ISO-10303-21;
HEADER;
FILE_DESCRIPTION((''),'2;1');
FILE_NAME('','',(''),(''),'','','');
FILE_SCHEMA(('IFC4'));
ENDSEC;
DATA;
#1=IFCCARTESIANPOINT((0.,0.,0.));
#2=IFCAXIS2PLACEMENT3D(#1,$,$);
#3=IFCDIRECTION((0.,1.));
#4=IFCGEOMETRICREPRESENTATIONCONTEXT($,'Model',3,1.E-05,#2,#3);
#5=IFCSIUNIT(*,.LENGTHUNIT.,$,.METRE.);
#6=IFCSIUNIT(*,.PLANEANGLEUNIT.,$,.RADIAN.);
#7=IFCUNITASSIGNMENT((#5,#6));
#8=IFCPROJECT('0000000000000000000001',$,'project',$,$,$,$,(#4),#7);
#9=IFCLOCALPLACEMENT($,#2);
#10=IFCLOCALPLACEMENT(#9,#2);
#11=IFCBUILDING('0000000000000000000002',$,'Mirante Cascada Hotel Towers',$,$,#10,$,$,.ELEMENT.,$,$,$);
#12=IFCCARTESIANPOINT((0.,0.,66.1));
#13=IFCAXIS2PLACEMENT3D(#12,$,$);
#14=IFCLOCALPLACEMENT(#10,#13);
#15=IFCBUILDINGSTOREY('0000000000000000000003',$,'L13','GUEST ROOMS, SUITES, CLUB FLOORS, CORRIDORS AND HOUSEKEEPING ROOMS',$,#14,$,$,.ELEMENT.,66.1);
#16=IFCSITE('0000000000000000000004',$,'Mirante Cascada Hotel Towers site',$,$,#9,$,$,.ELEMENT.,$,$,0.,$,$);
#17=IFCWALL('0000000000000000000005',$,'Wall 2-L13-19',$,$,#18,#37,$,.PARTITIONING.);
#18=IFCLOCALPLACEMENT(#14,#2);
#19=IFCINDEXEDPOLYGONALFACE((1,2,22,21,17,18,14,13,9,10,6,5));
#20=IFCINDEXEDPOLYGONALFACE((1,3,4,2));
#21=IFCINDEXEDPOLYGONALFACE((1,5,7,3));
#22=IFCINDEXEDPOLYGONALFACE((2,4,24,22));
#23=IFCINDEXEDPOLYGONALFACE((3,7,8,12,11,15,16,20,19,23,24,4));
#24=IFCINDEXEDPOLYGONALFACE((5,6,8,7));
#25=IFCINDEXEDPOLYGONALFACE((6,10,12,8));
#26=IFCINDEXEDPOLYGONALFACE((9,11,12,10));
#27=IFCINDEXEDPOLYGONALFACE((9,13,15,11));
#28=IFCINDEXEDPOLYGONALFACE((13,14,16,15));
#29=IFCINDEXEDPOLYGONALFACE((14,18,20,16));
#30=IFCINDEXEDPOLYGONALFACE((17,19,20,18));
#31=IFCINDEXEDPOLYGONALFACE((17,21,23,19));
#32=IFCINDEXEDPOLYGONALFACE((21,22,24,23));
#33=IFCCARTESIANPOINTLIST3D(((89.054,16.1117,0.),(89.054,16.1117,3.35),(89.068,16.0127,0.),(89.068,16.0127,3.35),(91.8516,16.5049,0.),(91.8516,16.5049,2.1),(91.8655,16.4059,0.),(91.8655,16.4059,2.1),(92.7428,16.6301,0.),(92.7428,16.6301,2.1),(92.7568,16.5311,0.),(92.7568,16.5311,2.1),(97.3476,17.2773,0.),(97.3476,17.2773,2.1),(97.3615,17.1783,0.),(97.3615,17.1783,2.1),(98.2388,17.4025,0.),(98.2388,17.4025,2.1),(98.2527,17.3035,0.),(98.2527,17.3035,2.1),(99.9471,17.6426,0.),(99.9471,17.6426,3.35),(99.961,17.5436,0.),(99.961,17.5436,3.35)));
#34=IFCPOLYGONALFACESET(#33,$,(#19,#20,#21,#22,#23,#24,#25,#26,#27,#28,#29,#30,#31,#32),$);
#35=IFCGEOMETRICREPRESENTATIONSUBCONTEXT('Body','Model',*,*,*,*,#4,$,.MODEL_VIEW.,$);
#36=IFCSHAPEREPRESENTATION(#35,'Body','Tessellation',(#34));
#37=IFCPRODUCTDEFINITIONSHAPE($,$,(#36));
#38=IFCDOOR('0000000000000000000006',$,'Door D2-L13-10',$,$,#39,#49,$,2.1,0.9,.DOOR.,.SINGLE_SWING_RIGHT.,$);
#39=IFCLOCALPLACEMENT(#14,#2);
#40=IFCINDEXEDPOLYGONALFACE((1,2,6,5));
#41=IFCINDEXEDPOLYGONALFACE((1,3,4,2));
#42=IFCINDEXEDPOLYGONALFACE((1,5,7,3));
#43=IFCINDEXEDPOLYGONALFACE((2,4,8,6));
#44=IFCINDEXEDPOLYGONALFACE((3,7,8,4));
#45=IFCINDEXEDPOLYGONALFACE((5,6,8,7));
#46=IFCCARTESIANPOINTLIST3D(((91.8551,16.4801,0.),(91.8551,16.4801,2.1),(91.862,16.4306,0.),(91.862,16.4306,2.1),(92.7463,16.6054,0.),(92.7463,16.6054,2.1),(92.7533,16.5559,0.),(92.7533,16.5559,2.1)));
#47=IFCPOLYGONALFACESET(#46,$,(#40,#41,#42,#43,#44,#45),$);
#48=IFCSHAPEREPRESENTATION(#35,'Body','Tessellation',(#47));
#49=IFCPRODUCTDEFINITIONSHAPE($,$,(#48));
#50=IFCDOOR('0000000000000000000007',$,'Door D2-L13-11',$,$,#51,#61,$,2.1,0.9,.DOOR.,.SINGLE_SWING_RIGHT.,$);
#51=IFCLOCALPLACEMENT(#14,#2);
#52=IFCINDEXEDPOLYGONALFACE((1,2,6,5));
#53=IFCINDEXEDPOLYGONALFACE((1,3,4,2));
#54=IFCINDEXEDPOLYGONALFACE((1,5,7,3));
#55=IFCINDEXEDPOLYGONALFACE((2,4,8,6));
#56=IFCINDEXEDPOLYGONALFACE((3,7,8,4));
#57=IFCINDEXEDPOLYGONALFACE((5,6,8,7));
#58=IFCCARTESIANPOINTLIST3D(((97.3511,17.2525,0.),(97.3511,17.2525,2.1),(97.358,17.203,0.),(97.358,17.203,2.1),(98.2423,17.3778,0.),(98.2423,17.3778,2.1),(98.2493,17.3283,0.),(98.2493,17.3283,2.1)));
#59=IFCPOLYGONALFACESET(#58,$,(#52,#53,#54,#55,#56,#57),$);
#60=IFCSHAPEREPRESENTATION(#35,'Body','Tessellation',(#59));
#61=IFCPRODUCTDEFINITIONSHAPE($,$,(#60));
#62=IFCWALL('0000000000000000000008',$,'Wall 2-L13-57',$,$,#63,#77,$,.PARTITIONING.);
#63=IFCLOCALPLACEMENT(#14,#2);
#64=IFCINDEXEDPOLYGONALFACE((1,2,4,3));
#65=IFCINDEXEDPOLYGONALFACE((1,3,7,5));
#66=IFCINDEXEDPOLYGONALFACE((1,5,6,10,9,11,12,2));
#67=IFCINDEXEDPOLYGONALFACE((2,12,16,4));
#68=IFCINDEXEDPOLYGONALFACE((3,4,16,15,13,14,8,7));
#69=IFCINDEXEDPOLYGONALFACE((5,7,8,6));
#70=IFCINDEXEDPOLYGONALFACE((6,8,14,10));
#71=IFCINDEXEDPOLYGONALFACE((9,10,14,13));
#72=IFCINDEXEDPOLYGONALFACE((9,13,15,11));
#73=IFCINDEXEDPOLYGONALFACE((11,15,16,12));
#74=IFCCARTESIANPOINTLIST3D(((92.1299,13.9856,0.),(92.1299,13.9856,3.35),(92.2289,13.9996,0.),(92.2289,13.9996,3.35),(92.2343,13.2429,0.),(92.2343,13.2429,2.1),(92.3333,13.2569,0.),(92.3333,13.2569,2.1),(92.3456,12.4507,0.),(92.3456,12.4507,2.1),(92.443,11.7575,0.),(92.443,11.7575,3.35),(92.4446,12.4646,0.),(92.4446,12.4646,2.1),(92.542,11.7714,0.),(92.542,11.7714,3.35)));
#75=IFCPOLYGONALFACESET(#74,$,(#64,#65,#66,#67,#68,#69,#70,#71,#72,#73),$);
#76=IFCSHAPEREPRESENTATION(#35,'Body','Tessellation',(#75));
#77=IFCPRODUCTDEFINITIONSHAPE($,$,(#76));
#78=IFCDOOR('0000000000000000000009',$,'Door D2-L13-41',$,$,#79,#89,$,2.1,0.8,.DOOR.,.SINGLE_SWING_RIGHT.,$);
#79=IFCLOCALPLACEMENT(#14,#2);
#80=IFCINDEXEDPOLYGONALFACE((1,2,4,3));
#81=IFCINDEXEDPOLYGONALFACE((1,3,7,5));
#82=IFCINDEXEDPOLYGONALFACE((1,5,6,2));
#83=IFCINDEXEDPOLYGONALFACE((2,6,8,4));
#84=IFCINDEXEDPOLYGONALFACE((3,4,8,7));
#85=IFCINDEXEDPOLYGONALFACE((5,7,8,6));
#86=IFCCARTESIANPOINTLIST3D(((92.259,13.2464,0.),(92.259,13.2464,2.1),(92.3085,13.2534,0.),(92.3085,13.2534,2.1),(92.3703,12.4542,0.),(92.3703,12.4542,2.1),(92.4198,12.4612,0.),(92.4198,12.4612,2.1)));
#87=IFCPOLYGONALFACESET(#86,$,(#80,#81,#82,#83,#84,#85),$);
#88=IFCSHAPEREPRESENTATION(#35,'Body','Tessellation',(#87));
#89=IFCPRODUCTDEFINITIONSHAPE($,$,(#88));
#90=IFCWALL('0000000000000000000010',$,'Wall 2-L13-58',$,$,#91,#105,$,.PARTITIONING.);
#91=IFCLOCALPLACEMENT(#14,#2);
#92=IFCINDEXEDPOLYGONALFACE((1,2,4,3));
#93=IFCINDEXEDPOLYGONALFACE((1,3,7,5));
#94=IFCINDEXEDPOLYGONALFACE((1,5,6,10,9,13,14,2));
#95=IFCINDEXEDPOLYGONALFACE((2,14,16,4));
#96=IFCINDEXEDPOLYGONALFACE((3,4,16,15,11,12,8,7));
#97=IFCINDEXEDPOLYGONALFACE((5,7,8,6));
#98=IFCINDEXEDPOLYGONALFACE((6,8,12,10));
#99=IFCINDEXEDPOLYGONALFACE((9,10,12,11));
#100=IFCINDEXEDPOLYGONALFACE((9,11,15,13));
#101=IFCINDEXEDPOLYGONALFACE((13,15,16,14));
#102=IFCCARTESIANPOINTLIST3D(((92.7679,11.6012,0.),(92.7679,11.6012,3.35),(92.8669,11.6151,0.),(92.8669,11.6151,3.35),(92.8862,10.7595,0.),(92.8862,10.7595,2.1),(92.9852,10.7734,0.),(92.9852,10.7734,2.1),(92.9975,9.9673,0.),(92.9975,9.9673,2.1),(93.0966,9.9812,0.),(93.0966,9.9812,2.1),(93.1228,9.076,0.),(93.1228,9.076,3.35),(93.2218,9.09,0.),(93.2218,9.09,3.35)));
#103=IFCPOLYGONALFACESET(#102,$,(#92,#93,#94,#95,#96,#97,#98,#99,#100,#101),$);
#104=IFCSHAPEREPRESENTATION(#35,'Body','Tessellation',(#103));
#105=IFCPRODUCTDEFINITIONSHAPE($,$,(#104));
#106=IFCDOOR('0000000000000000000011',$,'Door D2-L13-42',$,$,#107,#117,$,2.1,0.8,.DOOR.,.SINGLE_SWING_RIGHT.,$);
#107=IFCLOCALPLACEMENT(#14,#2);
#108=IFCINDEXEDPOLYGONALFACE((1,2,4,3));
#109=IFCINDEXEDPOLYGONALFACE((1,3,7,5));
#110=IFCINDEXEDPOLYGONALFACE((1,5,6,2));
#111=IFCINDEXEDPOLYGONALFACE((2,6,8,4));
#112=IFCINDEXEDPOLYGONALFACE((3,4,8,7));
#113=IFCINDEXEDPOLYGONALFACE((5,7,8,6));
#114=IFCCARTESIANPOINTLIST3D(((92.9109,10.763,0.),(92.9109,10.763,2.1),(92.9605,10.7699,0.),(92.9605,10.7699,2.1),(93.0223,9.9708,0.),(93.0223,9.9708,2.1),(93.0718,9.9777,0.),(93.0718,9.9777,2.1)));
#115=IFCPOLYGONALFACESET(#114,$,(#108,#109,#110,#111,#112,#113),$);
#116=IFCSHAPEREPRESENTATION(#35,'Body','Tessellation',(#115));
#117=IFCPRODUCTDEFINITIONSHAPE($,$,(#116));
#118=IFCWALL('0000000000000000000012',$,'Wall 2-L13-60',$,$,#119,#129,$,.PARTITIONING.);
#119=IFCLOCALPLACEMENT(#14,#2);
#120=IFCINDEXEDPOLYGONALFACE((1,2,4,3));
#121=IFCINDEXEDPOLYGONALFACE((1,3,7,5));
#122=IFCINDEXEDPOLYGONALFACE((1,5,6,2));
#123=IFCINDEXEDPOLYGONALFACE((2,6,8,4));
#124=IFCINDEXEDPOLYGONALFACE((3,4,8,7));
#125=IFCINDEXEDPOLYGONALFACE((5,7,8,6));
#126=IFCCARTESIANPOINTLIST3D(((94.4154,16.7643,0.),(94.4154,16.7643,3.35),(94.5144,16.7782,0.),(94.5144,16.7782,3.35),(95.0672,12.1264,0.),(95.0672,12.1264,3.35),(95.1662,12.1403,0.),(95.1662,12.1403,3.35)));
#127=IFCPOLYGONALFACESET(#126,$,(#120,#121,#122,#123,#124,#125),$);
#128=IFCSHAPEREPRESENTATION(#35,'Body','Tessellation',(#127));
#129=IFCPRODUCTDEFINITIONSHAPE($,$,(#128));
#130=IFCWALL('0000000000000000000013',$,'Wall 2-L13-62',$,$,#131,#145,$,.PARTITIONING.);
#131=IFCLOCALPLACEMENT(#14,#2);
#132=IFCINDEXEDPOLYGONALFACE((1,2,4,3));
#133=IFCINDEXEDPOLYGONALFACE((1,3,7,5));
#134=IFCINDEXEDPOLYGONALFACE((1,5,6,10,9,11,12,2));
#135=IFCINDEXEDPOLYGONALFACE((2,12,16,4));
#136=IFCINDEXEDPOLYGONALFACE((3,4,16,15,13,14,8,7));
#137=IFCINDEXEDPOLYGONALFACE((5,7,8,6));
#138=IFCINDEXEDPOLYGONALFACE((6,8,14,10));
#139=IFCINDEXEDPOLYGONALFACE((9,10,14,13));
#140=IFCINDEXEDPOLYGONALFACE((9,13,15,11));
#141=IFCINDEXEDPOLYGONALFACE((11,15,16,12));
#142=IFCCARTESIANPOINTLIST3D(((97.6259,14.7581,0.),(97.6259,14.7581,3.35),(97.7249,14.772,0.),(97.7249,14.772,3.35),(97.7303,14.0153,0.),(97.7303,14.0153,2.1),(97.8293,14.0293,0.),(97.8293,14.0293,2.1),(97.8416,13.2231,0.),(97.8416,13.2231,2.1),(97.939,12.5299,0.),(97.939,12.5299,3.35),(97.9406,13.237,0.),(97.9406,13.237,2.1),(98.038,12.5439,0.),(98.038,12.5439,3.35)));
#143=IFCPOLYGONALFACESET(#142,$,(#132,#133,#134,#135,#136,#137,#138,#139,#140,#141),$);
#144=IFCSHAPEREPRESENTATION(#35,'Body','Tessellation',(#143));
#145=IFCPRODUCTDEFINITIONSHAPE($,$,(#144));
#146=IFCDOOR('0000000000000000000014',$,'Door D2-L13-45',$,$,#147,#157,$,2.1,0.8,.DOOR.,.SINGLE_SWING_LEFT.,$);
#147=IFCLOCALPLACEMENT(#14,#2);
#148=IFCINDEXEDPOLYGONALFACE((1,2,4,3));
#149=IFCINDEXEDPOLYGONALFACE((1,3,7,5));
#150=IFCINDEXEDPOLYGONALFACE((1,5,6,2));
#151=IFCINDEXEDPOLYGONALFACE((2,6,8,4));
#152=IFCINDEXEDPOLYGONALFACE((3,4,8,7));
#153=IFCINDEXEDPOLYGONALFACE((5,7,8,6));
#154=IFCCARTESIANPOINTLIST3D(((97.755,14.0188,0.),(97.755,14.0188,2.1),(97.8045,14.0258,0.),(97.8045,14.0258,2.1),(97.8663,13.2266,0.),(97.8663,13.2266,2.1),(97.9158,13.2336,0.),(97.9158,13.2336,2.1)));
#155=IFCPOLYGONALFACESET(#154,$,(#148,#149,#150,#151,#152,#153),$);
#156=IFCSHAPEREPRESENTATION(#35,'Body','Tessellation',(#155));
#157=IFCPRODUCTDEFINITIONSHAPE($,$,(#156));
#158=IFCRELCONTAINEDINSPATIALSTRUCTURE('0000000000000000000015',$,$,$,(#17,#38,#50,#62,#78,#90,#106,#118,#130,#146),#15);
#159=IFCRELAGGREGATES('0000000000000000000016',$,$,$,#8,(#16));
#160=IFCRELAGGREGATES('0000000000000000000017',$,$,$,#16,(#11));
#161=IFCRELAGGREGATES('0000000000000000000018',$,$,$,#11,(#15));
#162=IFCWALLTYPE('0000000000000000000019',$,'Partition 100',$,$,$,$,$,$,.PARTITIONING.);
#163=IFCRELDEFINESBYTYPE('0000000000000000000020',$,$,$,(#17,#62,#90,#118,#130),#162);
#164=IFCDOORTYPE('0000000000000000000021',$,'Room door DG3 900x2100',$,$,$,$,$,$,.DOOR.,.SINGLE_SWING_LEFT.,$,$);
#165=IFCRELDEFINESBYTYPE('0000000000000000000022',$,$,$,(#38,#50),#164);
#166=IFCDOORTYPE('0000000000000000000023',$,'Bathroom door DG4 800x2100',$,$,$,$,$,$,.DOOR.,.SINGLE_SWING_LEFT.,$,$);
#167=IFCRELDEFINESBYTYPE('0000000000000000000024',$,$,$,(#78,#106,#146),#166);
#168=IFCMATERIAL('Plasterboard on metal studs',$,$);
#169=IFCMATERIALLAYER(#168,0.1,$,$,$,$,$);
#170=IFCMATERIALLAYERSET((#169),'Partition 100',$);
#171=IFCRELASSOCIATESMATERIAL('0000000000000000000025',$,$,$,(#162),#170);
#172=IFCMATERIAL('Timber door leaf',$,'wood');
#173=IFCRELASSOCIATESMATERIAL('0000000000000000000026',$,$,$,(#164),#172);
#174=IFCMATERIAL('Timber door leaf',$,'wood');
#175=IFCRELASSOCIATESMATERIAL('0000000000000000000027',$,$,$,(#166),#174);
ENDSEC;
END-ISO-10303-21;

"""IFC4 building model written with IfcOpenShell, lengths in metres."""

from ifc_helpers import new_model, si_unit, direction, frame, frame_2d, origin, place, context, subcontext, project, spatial, rectangle, extrude, material, layer, layer_set, type_object, element, fill, save


model = new_model("IFC4")

# Units and contexts
model_context = context("Model", 3, precision=1e-05, world=origin(), true_north=direction((0.0, 1.0)))
body_context = subcontext(model_context, "Body", "Model", "MODEL_VIEW")
ifc_project = project(units=[si_unit("LENGTHUNIT", "METRE"), si_unit("PLANEANGLEUNIT", "RADIAN")], contexts=[model_context])

# Site, building, storey
site_placement = place(None, origin())
site = spatial("IfcSite", under=ifc_project, at=site_placement, Name="Mirante Cascada Hotel Towers site", CompositionType="ELEMENT", RefElevation=0.0)
building_placement = place(site_placement, origin())
building = spatial("IfcBuilding", under=site, at=building_placement, Name="Mirante Cascada Hotel Towers", CompositionType="ELEMENT")
storey_placement = place(building_placement, frame((0.0, 0.0, 66.1)))
storey = spatial("IfcBuildingStorey", under=building, at=storey_placement, Name="L13", Description="GUEST ROOMS, SUITES, CLUB FLOORS, CORRIDORS AND HOUSEKEEPING ROOMS", CompositionType="ELEMENT", Elevation=66.1)

# Shared definitions
ifc_material_1 = material(Name="Plasterboard on metal studs")
ifc_layer_1 = layer(ifc_material_1, 0.1)
ifc_layer_set_1 = layer_set([ifc_layer_1], Name="Partition 100")
wall_type_1 = type_object("IfcWallType", Name="Partition 100", PredefinedType="PARTITIONING", material=ifc_layer_set_1)

# Wall, openings, doors
wall_1_placement = place(storey_placement, frame((99.954, 17.5931, 0.0), z_axis=(0.0, 0.0, 1.0), x_axis=(-0.990268, -0.139172, 0.0)))
wall_1 = element("IfcWall", 1, at=wall_1_placement, inside=storey, type_object=wall_type_1, Name="Wall 2-L13-19", PredefinedType="PARTITIONING", context=body_context, shape_type="SweptSolid", body=[
    extrude(rectangle(XDim=11.0001, YDim=0.1, at=frame_2d((5.5, 0.0))), origin(), (0.0, 0.0, 1.0), 3.35),
])
opening_1_placement = place(wall_1_placement, frame((7.275, 0.0, 0.0)))
opening_1 = element("IfcOpeningElement", 2, at=opening_1_placement, cuts=wall_1, PredefinedType="OPENING", context=body_context, shape_type="SweptSolid", body=[
    extrude(rectangle(XDim=0.9, YDim=2.1, at=frame_2d((0.45, 1.05))), frame((0.0, 0.05, 0.0), z_axis=(0.0, -1.0, 0.0), x_axis=(1.0, 0.0, 0.0)), (0.0, 0.0, 1.0), 0.1),
])
opening_2_placement = place(wall_1_placement, frame((1.725, 0.0, 0.0)))
opening_2 = element("IfcOpeningElement", 3, at=opening_2_placement, cuts=wall_1, PredefinedType="OPENING", context=body_context, shape_type="SweptSolid", body=[
    extrude(rectangle(XDim=0.9, YDim=2.1, at=frame_2d((0.45, 1.05))), frame((0.0, 0.05, 0.0), z_axis=(0.0, -1.0, 0.0), x_axis=(1.0, 0.0, 0.0)), (0.0, 0.0, 1.0), 0.1),
])
ifc_material_2 = material(Name="Timber door leaf", Category="wood")
door_type_1 = type_object("IfcDoorType", Name="Room door DG3 900x2100", OperationType="SINGLE_SWING_LEFT", PredefinedType="DOOR", material=ifc_material_2)
door_1_placement = place(opening_1_placement, frame((0.9, 0.0, 0.0), z_axis=(0.0, 0.0, 1.0), x_axis=(-1.0, 0.0, 0.0)))
door_1 = element("IfcDoor", 4, at=door_1_placement, inside=storey, type_object=door_type_1, Name="Door D2-L13-10", OperationType="SINGLE_SWING_RIGHT", OverallHeight=2.1, OverallWidth=0.9, PredefinedType="DOOR", context=body_context, shape_type="SweptSolid", body=[
    extrude(rectangle(XDim=0.9, YDim=2.1, at=frame_2d((0.45, 1.05))), frame((0.0, 0.025, 0.0), z_axis=(0.0, -1.0, 0.0), x_axis=(1.0, 0.0, 0.0)), (0.0, 0.0, 1.0), 0.05),
])
fill(opening_1, door_1)
door_2_placement = place(opening_2_placement, frame((0.9, 0.0, 0.0), z_axis=(0.0, 0.0, 1.0), x_axis=(-1.0, 0.0, 0.0)))
door_2 = element("IfcDoor", 5, at=door_2_placement, inside=storey, type_object=door_type_1, Name="Door D2-L13-11", OperationType="SINGLE_SWING_RIGHT", OverallHeight=2.1, OverallWidth=0.9, PredefinedType="DOOR", context=body_context, shape_type="SweptSolid", body=[
    extrude(rectangle(XDim=0.9, YDim=2.1, at=frame_2d((0.45, 1.05))), frame((0.0, 0.025, 0.0), z_axis=(0.0, -1.0, 0.0), x_axis=(1.0, 0.0, 0.0)), (0.0, 0.0, 1.0), 0.05),
])
fill(opening_2, door_2)

# Walls, openings, doors
wall_2_placement = place(storey_placement, frame((92.1794, 13.9926, 0.0), z_axis=(0.0, 0.0, 1.0), x_axis=(0.139156, -0.990271, 0.0)))
wall_2 = element("IfcWall", 6, at=wall_2_placement, inside=storey, type_object=wall_type_1, Name="Wall 2-L13-57", PredefinedType="PARTITIONING", context=body_context, shape_type="SweptSolid", body=[
    extrude(rectangle(XDim=2.25, YDim=0.1, at=frame_2d((1.125, 0.0))), origin(), (0.0, 0.0, 1.0), 3.35),
])
opening_3_placement = place(wall_2_placement, frame((0.75, 0.0, 0.0)))
opening_3 = element("IfcOpeningElement", 7, at=opening_3_placement, cuts=wall_2, PredefinedType="OPENING", context=body_context, shape_type="SweptSolid", body=[
    extrude(rectangle(XDim=0.8, YDim=2.1, at=frame_2d((0.4, 1.05))), frame((0.0, 0.05, 0.0), z_axis=(0.0, -1.0, 0.0), x_axis=(1.0, 0.0, 0.0)), (0.0, 0.0, 1.0), 0.1),
])
ifc_material_3 = material(Name="Timber door leaf", Category="wood")
door_type_2 = type_object("IfcDoorType", Name="Bathroom door DG4 800x2100", OperationType="SINGLE_SWING_LEFT", PredefinedType="DOOR", material=ifc_material_3)
door_3_placement = place(opening_3_placement, frame((0.8, 0.0, 0.0), z_axis=(0.0, 0.0, 1.0), x_axis=(-1.0, 0.0, 0.0)))
door_3 = element("IfcDoor", 8, at=door_3_placement, inside=storey, type_object=door_type_2, Name="Door D2-L13-41", OperationType="SINGLE_SWING_RIGHT", OverallHeight=2.1, OverallWidth=0.8, PredefinedType="DOOR", context=body_context, shape_type="SweptSolid", body=[
    extrude(rectangle(XDim=0.8, YDim=2.1, at=frame_2d((0.4, 1.05))), frame((0.0, 0.025, 0.0), z_axis=(0.0, -1.0, 0.0), x_axis=(1.0, 0.0, 0.0)), (0.0, 0.0, 1.0), 0.05),
])
fill(opening_3, door_3)
wall_3_placement = place(storey_placement, frame((93.1723, 9.083, 0.0), z_axis=(0.0, 0.0, 1.0), x_axis=(-0.139176, 0.990268, 0.0)))
wall_3 = element("IfcWall", 9, at=wall_3_placement, inside=storey, type_object=wall_type_1, Name="Wall 2-L13-58", PredefinedType="PARTITIONING", context=body_context, shape_type="SweptSolid", body=[
    extrude(rectangle(XDim=2.55, YDim=0.1, at=frame_2d((1.275, 0.0))), origin(), (0.0, 0.0, 1.0), 3.35),
])
opening_4_placement = place(wall_3_placement, frame((0.9, 0.0, 0.0)))
opening_4 = element("IfcOpeningElement", 10, at=opening_4_placement, cuts=wall_3, PredefinedType="OPENING", context=body_context, shape_type="SweptSolid", body=[
    extrude(rectangle(XDim=0.8, YDim=2.1, at=frame_2d((0.4, 1.05))), frame((0.0, 0.05, 0.0), z_axis=(0.0, -1.0, 0.0), x_axis=(1.0, 0.0, 0.0)), (0.0, 0.0, 1.0), 0.1),
])
door_4_placement = place(opening_4_placement, frame((0.8, 0.0, 0.0), z_axis=(0.0, 0.0, 1.0), x_axis=(-1.0, 0.0, 0.0)))
door_4 = element("IfcDoor", 11, at=door_4_placement, inside=storey, type_object=door_type_2, Name="Door D2-L13-42", OperationType="SINGLE_SWING_RIGHT", OverallHeight=2.1, OverallWidth=0.8, PredefinedType="DOOR", context=body_context, shape_type="SweptSolid", body=[
    extrude(rectangle(XDim=0.8, YDim=2.1, at=frame_2d((0.4, 1.05))), frame((0.0, 0.025, 0.0), z_axis=(0.0, -1.0, 0.0), x_axis=(1.0, 0.0, 0.0)), (0.0, 0.0, 1.0), 0.05),
])
fill(opening_4, door_4)

# Wall
wall_4_placement = place(storey_placement, frame((95.1167, 12.1333, 0.0), z_axis=(0.0, 0.0, 1.0), x_axis=(-0.13917, 0.990268, 0.0)))
element("IfcWall", 12, at=wall_4_placement, inside=storey, type_object=wall_type_1, Name="Wall 2-L13-60", PredefinedType="PARTITIONING", context=body_context, shape_type="SweptSolid", body=[
    extrude(rectangle(XDim=4.6835, YDim=0.1, at=frame_2d((2.3418, 0.0))), origin(), (0.0, 0.0, 1.0), 3.35),
])

# Wall, opening, door
wall_5_placement = place(storey_placement, frame((97.9885, 12.5369, 0.0), z_axis=(0.0, 0.0, 1.0), x_axis=(-0.139156, 0.990271, 0.0)))
wall_5 = element("IfcWall", 13, at=wall_5_placement, inside=storey, type_object=wall_type_1, Name="Wall 2-L13-62", PredefinedType="PARTITIONING", context=body_context, shape_type="SweptSolid", body=[
    extrude(rectangle(XDim=2.25, YDim=0.1, at=frame_2d((1.125, 0.0))), origin(), (0.0, 0.0, 1.0), 3.35),
])
opening_5_placement = place(wall_5_placement, frame((0.7, 0.0, 0.0)))
opening_5 = element("IfcOpeningElement", 14, at=opening_5_placement, cuts=wall_5, PredefinedType="OPENING", context=body_context, shape_type="SweptSolid", body=[
    extrude(rectangle(XDim=0.8, YDim=2.1, at=frame_2d((0.4, 1.05))), frame((0.0, 0.05, 0.0), z_axis=(0.0, -1.0, 0.0), x_axis=(1.0, 0.0, 0.0)), (0.0, 0.0, 1.0), 0.1),
])
door_5_placement = place(opening_5_placement, origin())
door_5 = element("IfcDoor", 15, at=door_5_placement, inside=storey, type_object=door_type_2, Name="Door D2-L13-45", OperationType="SINGLE_SWING_LEFT", OverallHeight=2.1, OverallWidth=0.8, PredefinedType="DOOR", context=body_context, shape_type="SweptSolid", body=[
    extrude(rectangle(XDim=0.8, YDim=2.1, at=frame_2d((0.4, 1.05))), frame((0.0, 0.025, 0.0), z_axis=(0.0, -1.0, 0.0), x_axis=(1.0, 0.0, 0.0)), (0.0, 0.0, 1.0), 0.05),
])
fill(opening_5, door_5)

save(model, "model.ifc")
